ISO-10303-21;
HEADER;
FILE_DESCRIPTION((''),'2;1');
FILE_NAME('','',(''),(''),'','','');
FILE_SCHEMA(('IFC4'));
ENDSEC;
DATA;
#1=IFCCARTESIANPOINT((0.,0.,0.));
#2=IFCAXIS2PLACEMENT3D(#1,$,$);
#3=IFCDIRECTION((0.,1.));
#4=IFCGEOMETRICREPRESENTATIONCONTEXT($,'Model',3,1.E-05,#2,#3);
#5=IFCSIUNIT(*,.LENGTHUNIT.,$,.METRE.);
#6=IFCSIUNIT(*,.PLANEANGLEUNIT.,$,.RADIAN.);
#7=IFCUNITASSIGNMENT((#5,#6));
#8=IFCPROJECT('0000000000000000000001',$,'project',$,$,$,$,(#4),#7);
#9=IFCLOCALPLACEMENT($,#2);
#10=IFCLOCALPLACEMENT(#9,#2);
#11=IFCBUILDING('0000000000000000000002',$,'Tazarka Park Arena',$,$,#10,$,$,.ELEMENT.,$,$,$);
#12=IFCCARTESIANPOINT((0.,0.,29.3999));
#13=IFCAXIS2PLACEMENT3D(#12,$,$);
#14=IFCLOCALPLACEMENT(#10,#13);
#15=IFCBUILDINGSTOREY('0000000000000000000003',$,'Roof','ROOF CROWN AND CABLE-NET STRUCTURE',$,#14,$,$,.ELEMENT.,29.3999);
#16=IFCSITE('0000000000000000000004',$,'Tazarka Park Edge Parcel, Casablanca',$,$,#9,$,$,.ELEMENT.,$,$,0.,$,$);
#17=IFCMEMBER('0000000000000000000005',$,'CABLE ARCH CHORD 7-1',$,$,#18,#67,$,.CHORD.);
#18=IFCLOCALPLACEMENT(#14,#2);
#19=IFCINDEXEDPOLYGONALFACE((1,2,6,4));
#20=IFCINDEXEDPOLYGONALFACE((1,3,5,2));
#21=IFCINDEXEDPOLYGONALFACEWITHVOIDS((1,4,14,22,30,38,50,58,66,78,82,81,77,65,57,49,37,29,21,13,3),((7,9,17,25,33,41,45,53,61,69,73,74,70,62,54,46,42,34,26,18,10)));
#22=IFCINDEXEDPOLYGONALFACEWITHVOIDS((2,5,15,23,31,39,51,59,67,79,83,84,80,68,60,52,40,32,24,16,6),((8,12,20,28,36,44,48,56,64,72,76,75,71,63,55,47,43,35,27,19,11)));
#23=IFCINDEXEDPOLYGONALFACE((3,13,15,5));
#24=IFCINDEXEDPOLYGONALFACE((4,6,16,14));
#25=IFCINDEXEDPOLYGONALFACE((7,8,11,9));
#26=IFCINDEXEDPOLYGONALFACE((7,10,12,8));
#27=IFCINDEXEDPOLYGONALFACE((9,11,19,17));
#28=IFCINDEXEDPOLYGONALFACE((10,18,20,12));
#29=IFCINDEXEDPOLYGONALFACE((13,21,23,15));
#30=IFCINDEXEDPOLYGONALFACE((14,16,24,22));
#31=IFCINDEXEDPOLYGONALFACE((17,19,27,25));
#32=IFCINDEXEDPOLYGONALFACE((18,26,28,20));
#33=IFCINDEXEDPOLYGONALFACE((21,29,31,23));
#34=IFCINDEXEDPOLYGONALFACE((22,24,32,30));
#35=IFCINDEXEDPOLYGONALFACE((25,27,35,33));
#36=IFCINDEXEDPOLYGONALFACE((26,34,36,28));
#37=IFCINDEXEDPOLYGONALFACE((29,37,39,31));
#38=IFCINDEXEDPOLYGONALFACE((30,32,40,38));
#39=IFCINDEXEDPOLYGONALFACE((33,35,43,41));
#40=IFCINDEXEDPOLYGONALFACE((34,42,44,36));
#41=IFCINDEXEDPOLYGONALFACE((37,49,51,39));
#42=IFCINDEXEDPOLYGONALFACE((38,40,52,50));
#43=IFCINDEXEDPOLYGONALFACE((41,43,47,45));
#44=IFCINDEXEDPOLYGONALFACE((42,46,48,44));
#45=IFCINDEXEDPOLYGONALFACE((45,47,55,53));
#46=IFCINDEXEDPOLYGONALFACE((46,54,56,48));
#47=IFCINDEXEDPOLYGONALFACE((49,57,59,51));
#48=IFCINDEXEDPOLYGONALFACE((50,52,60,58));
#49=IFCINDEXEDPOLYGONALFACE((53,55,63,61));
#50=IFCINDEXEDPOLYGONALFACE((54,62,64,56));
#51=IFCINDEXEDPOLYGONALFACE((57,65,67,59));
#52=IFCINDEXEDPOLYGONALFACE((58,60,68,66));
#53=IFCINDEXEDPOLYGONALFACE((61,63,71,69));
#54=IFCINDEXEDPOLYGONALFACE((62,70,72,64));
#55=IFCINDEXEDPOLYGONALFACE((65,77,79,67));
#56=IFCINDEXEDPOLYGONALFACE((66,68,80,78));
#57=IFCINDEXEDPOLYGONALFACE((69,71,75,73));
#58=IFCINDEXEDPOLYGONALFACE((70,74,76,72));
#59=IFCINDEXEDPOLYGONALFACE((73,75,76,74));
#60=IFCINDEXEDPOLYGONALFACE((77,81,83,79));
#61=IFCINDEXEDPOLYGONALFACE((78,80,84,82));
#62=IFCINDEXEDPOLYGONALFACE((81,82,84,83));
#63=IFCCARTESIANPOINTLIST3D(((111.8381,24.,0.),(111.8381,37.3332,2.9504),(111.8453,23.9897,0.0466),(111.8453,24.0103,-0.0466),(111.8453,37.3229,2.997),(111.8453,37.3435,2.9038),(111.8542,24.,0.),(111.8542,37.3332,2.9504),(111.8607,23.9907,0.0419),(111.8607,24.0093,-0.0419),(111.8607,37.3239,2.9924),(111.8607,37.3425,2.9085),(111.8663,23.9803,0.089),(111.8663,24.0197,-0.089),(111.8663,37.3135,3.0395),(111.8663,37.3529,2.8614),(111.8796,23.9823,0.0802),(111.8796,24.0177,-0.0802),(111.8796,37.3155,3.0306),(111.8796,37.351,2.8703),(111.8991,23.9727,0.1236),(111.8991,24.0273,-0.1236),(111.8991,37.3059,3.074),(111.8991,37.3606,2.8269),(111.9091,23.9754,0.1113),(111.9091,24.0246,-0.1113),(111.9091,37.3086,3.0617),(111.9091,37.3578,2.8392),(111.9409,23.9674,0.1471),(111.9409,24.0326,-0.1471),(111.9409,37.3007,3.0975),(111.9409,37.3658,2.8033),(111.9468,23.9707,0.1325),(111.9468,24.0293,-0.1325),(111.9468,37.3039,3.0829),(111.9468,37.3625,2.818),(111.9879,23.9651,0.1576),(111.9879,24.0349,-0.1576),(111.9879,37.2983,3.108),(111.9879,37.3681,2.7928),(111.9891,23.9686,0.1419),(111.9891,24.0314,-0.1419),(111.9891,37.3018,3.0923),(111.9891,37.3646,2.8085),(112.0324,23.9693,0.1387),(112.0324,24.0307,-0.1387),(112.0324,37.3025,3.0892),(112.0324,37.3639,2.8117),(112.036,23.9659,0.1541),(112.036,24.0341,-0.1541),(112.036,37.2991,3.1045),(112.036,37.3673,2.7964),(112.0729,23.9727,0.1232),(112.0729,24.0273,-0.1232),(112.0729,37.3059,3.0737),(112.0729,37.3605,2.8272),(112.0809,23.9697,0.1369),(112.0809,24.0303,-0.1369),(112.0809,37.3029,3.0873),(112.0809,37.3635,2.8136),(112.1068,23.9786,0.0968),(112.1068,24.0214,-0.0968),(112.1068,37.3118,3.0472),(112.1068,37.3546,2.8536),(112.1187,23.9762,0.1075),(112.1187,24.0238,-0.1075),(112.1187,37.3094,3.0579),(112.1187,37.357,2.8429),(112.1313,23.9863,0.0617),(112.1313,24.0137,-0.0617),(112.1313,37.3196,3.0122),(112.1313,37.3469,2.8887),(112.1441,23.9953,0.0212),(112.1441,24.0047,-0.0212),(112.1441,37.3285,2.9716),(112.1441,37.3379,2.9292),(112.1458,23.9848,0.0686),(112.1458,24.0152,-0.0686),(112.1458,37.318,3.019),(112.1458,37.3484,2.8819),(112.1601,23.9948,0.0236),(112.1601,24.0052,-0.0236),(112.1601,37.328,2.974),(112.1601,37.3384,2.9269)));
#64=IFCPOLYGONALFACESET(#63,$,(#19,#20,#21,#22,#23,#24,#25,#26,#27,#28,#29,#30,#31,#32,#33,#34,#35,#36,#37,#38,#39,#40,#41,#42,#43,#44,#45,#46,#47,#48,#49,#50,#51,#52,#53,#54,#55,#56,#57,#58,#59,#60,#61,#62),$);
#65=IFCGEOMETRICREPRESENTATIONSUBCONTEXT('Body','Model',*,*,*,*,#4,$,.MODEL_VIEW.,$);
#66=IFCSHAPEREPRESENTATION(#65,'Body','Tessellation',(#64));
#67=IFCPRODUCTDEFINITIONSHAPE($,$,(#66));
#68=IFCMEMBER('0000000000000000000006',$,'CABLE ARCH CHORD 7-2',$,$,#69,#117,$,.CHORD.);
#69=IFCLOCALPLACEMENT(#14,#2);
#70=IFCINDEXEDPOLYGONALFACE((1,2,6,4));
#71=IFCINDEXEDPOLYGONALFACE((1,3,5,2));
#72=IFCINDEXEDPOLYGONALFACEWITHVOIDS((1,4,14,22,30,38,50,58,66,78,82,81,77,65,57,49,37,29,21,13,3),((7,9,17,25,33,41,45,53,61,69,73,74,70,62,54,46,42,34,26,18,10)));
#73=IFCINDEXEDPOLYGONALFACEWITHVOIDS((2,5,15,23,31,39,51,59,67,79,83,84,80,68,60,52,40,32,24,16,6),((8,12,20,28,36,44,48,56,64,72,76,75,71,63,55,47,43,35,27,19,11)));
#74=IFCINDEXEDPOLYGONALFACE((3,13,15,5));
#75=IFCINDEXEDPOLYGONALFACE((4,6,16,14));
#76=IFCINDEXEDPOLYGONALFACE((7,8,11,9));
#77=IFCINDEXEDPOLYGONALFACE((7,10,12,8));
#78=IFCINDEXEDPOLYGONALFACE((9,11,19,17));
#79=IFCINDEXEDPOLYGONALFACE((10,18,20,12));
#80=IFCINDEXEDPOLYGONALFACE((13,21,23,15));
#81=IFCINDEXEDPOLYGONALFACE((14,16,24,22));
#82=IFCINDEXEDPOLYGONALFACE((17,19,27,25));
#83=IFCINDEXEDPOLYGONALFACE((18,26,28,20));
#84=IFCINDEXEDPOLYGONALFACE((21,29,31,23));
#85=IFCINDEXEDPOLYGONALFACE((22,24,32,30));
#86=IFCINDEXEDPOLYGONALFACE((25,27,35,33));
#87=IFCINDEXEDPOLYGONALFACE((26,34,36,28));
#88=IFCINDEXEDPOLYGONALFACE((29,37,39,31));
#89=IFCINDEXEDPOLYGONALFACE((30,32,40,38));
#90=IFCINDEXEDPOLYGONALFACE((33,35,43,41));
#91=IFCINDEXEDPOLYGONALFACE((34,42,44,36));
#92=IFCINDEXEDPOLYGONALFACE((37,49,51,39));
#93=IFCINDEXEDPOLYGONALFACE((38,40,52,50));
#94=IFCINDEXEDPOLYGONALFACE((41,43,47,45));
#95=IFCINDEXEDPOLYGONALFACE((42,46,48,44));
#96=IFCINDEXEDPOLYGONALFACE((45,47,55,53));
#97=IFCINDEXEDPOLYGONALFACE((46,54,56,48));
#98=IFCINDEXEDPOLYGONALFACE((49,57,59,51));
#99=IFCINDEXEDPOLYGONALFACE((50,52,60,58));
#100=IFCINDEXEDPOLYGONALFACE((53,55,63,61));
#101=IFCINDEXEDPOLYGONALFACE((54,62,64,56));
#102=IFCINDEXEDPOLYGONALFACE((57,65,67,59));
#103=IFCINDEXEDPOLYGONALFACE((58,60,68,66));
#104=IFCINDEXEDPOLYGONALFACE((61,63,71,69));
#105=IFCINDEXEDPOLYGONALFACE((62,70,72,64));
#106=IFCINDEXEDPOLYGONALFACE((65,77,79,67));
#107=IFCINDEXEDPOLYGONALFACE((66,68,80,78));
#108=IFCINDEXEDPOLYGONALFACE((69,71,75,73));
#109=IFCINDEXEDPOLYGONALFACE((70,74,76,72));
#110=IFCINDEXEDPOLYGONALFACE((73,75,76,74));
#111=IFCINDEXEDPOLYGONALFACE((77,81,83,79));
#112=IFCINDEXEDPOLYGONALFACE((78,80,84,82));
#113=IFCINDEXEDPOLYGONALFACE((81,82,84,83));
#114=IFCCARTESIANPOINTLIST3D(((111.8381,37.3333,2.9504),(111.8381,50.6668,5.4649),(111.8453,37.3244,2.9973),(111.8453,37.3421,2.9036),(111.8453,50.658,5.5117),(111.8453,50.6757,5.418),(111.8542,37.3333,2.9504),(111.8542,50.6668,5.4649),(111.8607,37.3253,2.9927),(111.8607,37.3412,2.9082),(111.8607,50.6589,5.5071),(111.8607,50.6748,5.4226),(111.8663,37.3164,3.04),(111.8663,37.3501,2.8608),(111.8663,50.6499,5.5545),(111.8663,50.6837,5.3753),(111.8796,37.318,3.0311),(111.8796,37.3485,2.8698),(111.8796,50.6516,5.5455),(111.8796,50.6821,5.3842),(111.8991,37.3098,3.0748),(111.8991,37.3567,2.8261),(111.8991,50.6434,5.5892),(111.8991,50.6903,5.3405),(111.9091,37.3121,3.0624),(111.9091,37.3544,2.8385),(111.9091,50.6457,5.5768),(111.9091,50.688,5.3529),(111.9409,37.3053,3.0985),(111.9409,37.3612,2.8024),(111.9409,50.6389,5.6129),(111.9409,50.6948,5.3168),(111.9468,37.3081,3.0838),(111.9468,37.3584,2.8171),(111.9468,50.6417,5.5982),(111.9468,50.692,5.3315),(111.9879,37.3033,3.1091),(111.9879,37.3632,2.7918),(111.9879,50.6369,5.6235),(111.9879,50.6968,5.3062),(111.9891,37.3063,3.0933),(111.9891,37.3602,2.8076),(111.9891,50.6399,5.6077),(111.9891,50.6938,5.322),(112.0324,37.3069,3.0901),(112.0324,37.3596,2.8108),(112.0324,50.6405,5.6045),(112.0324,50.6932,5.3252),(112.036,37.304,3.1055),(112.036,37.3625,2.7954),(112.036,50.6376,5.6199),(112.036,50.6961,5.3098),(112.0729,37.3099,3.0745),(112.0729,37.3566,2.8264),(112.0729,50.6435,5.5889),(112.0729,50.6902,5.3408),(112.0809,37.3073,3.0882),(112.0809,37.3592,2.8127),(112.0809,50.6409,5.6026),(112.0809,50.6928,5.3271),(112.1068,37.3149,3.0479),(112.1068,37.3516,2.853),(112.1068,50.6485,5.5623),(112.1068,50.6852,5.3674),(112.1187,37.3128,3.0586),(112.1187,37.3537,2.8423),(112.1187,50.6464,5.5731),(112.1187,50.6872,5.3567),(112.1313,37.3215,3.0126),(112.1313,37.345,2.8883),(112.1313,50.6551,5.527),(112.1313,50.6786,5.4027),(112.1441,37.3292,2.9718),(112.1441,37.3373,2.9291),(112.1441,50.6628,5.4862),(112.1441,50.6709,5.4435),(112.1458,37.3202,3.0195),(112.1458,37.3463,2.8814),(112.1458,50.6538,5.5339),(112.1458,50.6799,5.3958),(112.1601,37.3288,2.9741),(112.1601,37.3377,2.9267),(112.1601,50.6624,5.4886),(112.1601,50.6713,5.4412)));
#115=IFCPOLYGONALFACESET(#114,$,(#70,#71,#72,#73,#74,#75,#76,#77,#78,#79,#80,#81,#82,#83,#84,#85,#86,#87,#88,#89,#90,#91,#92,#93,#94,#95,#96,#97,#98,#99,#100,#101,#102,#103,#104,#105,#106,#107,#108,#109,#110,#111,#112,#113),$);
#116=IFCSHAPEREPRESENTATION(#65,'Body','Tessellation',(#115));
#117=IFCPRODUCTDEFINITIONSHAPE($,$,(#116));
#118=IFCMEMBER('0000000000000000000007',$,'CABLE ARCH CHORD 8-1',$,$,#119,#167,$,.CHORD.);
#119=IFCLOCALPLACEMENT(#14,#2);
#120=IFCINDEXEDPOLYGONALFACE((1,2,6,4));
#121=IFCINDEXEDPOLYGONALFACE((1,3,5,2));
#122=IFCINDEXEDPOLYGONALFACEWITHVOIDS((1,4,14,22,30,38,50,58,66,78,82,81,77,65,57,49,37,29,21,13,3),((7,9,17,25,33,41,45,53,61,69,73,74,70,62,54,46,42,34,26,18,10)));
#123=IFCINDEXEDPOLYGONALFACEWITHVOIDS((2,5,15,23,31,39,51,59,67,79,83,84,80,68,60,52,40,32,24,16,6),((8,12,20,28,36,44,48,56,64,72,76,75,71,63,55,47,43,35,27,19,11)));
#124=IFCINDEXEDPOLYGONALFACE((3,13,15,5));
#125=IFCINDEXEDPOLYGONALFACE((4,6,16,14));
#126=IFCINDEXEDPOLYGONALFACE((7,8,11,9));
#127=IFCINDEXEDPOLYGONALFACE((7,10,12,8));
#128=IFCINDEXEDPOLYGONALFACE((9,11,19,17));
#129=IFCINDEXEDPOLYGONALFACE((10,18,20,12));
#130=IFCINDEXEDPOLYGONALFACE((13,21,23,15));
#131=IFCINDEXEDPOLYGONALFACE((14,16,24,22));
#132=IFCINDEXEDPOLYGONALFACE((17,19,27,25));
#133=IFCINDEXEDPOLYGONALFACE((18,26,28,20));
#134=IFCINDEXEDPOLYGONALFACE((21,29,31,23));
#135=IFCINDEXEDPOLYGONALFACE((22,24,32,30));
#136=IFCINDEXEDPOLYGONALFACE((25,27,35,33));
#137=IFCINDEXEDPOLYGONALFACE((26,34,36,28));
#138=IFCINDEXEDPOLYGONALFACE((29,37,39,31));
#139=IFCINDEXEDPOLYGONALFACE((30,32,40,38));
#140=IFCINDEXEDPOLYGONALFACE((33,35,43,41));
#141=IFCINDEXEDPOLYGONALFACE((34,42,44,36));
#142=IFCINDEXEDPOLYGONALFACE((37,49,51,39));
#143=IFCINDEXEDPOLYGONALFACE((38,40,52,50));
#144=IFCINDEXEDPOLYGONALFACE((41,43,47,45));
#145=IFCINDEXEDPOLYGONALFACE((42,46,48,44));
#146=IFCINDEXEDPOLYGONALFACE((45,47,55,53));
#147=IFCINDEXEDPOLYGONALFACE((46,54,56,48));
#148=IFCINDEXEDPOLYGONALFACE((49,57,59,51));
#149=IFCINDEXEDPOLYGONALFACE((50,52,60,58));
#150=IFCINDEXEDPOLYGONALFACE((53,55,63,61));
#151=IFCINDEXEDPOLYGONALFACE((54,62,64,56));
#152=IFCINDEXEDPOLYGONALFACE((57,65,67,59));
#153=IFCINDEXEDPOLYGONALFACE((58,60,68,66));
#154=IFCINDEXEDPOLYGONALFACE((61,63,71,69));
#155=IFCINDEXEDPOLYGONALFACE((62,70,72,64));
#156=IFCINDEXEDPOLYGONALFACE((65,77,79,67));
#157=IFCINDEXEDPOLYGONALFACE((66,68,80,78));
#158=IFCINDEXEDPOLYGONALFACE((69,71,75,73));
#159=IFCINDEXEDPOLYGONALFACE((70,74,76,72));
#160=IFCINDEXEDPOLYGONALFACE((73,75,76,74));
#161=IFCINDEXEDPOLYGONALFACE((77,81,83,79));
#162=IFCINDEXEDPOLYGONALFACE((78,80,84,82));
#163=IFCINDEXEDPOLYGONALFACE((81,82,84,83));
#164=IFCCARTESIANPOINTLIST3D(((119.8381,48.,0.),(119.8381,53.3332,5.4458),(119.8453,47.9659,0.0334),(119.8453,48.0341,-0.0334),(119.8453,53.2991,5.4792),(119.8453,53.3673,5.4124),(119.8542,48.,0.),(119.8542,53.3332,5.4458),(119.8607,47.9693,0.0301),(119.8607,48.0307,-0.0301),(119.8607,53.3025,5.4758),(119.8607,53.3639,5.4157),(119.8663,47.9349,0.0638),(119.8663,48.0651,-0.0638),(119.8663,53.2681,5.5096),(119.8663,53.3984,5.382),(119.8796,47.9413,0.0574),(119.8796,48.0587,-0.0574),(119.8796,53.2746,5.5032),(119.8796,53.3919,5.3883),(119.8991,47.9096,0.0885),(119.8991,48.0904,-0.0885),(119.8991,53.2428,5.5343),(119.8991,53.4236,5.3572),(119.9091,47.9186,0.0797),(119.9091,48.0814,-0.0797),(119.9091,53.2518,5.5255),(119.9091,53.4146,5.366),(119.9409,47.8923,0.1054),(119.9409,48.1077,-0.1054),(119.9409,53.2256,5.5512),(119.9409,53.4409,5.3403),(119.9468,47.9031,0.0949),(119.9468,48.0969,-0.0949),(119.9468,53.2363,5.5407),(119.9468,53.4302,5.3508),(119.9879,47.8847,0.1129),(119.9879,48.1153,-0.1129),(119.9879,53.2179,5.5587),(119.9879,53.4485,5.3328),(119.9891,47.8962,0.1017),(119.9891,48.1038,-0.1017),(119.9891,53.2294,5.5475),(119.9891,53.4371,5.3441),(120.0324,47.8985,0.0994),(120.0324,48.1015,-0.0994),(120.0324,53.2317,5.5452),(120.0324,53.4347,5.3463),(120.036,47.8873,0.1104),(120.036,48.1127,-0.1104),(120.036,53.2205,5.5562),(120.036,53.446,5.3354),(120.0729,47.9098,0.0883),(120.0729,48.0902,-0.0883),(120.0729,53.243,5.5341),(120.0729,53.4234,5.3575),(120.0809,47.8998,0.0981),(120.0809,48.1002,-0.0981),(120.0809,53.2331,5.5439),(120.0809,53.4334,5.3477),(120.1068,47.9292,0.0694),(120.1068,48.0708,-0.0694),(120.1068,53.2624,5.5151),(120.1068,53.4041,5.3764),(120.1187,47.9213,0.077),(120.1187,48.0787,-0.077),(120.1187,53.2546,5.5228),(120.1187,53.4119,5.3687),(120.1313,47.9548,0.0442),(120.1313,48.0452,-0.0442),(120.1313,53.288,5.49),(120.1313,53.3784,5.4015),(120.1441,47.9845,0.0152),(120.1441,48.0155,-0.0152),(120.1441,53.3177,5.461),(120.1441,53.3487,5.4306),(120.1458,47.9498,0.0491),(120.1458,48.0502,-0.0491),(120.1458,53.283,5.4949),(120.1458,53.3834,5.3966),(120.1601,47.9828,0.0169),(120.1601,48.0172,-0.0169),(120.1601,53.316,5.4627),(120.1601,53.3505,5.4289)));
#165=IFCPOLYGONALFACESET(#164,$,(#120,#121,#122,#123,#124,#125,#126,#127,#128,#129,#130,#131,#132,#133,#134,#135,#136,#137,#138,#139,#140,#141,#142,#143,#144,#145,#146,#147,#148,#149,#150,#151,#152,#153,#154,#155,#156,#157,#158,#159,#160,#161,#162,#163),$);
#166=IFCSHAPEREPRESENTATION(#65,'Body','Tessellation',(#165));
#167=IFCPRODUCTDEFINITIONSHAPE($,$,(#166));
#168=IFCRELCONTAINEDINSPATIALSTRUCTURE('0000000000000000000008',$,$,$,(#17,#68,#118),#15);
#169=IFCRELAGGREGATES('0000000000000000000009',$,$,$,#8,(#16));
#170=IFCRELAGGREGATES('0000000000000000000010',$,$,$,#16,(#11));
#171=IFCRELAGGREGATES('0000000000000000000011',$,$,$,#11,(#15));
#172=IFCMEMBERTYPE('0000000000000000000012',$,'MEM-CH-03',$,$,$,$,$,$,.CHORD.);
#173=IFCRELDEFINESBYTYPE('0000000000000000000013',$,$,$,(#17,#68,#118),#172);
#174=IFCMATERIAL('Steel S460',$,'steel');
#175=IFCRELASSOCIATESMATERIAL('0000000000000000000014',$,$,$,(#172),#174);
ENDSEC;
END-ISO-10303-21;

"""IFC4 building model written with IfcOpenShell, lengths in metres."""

from ifc_helpers import new_model, si_unit, direction, frame, origin, origin_2d, place, context, subcontext, project, spatial, hollow_circle, extrude, material, material_profile, profile_set, type_object, element, save


model = new_model("IFC4")

# Units and contexts
model_context = context("Model", 3, precision=1e-05, world=origin(), true_north=direction((0.0, 1.0)))
body_context = subcontext(model_context, "Body", "Model", "MODEL_VIEW")
ifc_project = project(units=[si_unit("LENGTHUNIT", "METRE"), si_unit("PLANEANGLEUNIT", "RADIAN")], contexts=[model_context])

# Site, building, storey
site_placement = place(None, origin())
site = spatial("IfcSite", under=ifc_project, at=site_placement, Name="Tazarka Park Edge Parcel, Casablanca", CompositionType="ELEMENT", RefElevation=0.0)
building_placement = place(site_placement, origin())
building = spatial("IfcBuilding", under=site, at=building_placement, Name="Tazarka Park Arena", CompositionType="ELEMENT")
storey_placement = place(building_placement, frame((0.0, 0.0, 29.3999)))
storey = spatial("IfcBuildingStorey", under=building, at=storey_placement, Name="Roof", Description="ROOF CROWN AND CABLE-NET STRUCTURE", CompositionType="ELEMENT", Elevation=29.3999)

# Members
ifc_material_1 = material(Name="Steel S460", Category="steel")
ifc_material_profile_1 = material_profile(ifc_material_1, hollow_circle(Radius=0.1619, WallThickness=0.0161, at=origin_2d()), Name="Steel S460")
ifc_profile_set_1 = profile_set([ifc_material_profile_1], Name="Steel S460")
member_type_1 = type_object("IfcMemberType", Name="MEM-CH-03", PredefinedType="CHORD", material=ifc_profile_set_1)
member_1_placement = place(storey_placement, frame((112.0, 24.0, 0.0), z_axis=(0.0, 0.976381, 0.216058), x_axis=(-1.0, 0.0, 0.0)))
element("IfcMember", 1, at=member_1_placement, inside=storey, type_object=member_type_1, Name="CABLE ARCH CHORD 7-1", PredefinedType="CHORD", context=body_context, shape_type="SweptSolid", body=[
    extrude(hollow_circle(Radius=0.1619, WallThickness=0.0161, at=origin_2d()), origin(), (0.0, 0.0, 1.0), 13.6558),
])
member_2_placement = place(storey_placement, frame((112.0, 37.3333, 2.9504), z_axis=(0.0, 0.98268, 0.185312), x_axis=(-1.0, 0.0, 0.0)))
element("IfcMember", 2, at=member_2_placement, inside=storey, type_object=member_type_1, Name="CABLE ARCH CHORD 7-2", PredefinedType="CHORD", context=body_context, shape_type="SweptSolid", body=[
    extrude(hollow_circle(Radius=0.1619, WallThickness=0.0161, at=origin_2d()), origin(), (0.0, 0.0, 1.0), 13.5686),
])
member_3_placement = place(storey_placement, frame((120.0, 48.0, 0.0), z_axis=(0.0, 0.699685, 0.714451), x_axis=(-1.0, 0.0, 0.0)))
element("IfcMember", 3, at=member_3_placement, inside=storey, type_object=member_type_1, Name="CABLE ARCH CHORD 8-1", PredefinedType="CHORD", context=body_context, shape_type="SweptSolid", body=[
    extrude(hollow_circle(Radius=0.1619, WallThickness=0.0161, at=origin_2d()), origin(), (0.0, 0.0, 1.0), 7.6223),
])

save(model, "model.ifc")
